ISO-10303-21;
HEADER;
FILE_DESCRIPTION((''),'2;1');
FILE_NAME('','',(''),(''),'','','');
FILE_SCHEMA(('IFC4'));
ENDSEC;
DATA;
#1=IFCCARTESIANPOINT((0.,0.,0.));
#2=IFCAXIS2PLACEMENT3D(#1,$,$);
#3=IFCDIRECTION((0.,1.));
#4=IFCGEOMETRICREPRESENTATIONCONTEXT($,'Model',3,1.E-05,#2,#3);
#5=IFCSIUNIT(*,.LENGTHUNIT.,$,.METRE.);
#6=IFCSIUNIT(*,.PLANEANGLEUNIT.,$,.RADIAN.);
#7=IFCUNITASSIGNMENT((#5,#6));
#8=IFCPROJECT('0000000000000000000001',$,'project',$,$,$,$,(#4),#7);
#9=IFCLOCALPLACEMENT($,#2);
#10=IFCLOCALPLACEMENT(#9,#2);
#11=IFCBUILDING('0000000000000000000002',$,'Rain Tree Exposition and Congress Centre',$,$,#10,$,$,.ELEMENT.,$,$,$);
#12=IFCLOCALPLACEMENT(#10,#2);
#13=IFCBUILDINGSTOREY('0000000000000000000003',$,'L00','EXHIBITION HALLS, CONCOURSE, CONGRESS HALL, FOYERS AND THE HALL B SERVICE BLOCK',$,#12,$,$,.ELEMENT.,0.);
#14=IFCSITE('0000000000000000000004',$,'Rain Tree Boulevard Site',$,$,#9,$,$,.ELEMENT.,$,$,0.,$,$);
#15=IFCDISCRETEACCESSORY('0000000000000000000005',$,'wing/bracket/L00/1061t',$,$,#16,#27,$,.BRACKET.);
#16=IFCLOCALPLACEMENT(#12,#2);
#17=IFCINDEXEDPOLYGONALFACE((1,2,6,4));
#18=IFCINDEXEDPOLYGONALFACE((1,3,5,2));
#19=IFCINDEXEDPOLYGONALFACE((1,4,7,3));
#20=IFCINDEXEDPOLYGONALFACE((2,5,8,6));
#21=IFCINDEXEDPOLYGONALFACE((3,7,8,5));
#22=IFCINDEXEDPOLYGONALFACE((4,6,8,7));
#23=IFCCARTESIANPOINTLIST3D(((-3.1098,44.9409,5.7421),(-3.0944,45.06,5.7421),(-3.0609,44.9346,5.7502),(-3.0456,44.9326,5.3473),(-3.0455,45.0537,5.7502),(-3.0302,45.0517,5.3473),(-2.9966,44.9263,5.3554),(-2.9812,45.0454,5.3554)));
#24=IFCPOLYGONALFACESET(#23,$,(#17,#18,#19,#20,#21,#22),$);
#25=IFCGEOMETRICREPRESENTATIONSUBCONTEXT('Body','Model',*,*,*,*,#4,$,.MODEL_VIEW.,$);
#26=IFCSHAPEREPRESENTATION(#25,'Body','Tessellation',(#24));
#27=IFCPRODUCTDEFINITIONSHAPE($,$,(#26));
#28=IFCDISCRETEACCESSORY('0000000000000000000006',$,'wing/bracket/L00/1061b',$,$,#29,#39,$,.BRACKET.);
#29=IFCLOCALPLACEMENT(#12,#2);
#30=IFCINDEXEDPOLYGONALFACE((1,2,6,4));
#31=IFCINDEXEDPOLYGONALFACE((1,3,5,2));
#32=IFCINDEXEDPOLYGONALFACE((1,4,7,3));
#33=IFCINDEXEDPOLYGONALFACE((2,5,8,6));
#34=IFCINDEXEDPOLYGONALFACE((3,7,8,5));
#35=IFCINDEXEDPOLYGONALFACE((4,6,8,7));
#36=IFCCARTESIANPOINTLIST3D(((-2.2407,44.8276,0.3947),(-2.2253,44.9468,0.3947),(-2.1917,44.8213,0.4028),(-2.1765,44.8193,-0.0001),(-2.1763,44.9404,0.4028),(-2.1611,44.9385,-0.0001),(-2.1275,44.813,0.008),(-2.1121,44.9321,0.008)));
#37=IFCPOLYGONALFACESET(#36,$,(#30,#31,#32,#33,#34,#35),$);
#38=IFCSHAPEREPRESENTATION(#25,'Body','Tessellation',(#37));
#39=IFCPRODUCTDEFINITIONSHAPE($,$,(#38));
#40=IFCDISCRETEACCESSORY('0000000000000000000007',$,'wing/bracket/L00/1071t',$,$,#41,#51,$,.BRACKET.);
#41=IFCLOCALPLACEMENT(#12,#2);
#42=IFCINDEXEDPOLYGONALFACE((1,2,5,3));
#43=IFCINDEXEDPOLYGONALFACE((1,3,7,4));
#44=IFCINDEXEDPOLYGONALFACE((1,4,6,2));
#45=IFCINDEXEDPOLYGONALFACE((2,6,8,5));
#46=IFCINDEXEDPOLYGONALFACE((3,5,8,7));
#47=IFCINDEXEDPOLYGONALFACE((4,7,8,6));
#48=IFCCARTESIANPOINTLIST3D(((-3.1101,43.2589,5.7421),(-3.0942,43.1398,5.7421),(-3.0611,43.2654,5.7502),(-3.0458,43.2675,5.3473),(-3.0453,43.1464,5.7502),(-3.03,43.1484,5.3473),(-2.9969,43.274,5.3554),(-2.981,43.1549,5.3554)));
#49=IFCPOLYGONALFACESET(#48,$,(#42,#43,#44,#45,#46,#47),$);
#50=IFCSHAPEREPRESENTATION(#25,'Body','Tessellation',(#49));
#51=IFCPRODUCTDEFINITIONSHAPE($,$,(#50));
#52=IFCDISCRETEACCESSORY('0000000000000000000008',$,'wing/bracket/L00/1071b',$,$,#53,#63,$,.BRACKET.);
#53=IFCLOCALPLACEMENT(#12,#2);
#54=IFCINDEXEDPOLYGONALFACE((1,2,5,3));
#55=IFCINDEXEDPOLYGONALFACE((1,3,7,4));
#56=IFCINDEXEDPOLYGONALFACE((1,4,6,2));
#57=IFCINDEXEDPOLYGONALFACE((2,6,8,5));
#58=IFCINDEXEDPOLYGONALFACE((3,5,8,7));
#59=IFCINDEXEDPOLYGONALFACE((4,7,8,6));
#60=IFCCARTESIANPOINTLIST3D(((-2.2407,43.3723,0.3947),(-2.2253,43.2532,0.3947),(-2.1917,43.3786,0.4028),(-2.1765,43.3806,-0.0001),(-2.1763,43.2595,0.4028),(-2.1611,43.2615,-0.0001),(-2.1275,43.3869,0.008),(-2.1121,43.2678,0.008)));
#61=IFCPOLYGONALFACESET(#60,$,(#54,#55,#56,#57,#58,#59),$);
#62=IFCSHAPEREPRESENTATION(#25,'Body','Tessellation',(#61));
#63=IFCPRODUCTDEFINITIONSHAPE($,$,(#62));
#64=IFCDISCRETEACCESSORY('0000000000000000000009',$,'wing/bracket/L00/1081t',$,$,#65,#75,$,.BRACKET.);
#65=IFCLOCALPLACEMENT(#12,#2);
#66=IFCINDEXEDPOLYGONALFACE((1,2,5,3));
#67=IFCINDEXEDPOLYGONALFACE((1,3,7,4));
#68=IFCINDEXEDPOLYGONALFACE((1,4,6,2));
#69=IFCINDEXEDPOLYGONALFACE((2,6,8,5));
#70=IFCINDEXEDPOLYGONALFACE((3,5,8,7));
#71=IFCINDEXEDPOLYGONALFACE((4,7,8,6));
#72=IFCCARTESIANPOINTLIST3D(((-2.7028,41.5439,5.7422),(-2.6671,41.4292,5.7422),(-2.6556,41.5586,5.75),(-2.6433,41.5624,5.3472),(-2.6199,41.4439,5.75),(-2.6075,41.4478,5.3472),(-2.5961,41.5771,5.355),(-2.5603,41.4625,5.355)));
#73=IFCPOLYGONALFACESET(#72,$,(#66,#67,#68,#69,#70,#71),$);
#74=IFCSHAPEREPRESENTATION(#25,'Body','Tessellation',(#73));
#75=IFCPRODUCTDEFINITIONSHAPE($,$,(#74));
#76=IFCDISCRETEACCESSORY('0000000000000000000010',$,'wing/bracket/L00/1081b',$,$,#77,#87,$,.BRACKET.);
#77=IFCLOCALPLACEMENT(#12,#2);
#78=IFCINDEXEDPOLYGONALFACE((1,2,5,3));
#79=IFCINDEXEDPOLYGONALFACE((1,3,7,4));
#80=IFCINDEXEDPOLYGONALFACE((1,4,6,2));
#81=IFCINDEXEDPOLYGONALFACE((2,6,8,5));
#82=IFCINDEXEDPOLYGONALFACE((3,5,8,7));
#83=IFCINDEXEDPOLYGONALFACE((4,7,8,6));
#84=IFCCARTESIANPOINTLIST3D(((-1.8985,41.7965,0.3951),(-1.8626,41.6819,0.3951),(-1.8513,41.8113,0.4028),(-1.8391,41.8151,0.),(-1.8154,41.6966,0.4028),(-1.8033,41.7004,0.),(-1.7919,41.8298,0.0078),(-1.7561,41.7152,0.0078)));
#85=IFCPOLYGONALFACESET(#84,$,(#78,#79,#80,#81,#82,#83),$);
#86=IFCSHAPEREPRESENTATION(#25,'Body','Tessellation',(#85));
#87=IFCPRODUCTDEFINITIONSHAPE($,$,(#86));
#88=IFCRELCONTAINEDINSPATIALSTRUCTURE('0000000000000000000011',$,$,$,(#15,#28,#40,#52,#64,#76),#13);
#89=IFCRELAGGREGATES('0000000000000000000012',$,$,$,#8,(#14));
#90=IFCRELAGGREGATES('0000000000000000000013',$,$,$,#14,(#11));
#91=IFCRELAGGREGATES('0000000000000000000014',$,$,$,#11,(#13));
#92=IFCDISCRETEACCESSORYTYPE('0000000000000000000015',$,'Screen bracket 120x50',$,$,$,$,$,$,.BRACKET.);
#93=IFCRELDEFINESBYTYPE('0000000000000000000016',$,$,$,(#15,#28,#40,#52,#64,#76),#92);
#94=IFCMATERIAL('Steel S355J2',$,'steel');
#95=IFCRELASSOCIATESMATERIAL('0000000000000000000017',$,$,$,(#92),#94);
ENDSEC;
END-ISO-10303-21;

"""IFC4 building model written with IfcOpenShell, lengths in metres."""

from ifc_helpers import new_model, si_unit, direction, frame, origin, origin_2d, place, context, subcontext, project, spatial, rectangle, extrude, material, material_profile, profile_set, type_object, element, save


model = new_model("IFC4")

# Units and contexts
model_context = context("Model", 3, precision=1e-05, world=origin(), true_north=direction((0.0, 1.0)))
body_context = subcontext(model_context, "Body", "Model", "MODEL_VIEW")
ifc_project = project(units=[si_unit("LENGTHUNIT", "METRE"), si_unit("PLANEANGLEUNIT", "RADIAN")], contexts=[model_context])

# Site, building, storey
site_placement = place(None, origin())
site = spatial("IfcSite", under=ifc_project, at=site_placement, Name="Rain Tree Boulevard Site", CompositionType="ELEMENT", RefElevation=0.0)
building_placement = place(site_placement, origin())
building = spatial("IfcBuilding", under=site, at=building_placement, Name="Rain Tree Exposition and Congress Centre", CompositionType="ELEMENT")
storey_placement = place(building_placement, origin())
storey = spatial("IfcBuildingStorey", under=building, at=storey_placement, Name="L00", Description="EXHIBITION HALLS, CONCOURSE, CONGRESS HALL, FOYERS AND THE HALL B SERVICE BLOCK", CompositionType="ELEMENT", Elevation=0.0)

# Discrete accessories
ifc_material_1 = material(Name="Steel S355J2", Category="steel")
ifc_material_profile_1 = material_profile(ifc_material_1, rectangle(XDim=0.1201, YDim=0.05, at=origin_2d()), Name="Flat bar 120x50")
ifc_profile_set_1 = profile_set([ifc_material_profile_1], Name="Steel S355J2")
discrete_accessory_type = type_object("IfcDiscreteAccessoryType", Name="Screen bracket 120x50", PredefinedType="BRACKET", material=ifc_profile_set_1)
for number, where, z_axis, x_axis, name in (
    (1, (-3.0134, 44.989, 5.3513), (-0.160503, 0.020749, 0.986817), (-0.128211, -0.991747, 0.0), "wing/bracket/L00/1061t"),
    (2, (-2.1443, 44.8757, 0.0039), (-0.160503, 0.020749, 0.986817), (-0.128211, -0.991747, 0.0), "wing/bracket/L00/1061b"),
    (3, (-3.0134, 43.2112, 5.3513), (-0.160501, -0.021359, 0.986805), (0.131917, -0.991261, 0.0), "wing/bracket/L00/1071t"),
    (4, (-2.1443, 43.3242, 0.0039), (-0.160503, -0.020749, 0.986817), (0.128211, -0.991747, 0.0), "wing/bracket/L00/1071b"),
):
    element("IfcDiscreteAccessory", number, at=place(storey_placement, frame(where, z_axis=z_axis, x_axis=x_axis)), inside=storey, type_object=discrete_accessory_type, Name=name, PredefinedType="BRACKET", context=body_context, shape_type="SweptSolid", body=[
        extrude(rectangle(XDim=0.1201, YDim=0.05, at=origin_2d()), origin(), (0.0, 0.0, 1.0), 0.4001),
    ])
for number, where, z_axis, x_axis, name in (
    (5, (-2.6018, 41.5125, 5.3511), (-0.148957, -0.046396, 0.987755), (0.297384, -0.954758, 0.0), "wing/bracket/L00/1081t"),
    (6, (-1.7976, 41.7651, 0.0039), (-0.14836, -0.046401, 0.987844), (0.298499, -0.95441, 0.0), "wing/bracket/L00/1081b"),
):
    element("IfcDiscreteAccessory", number, at=place(storey_placement, frame(where, z_axis=z_axis, x_axis=x_axis)), inside=storey, type_object=discrete_accessory_type, Name=name, PredefinedType="BRACKET", context=body_context, shape_type="SweptSolid", body=[
        extrude(rectangle(XDim=0.1201, YDim=0.05, at=origin_2d()), origin(), (0.0, 0.0, 1.0), 0.3999),
    ])

save(model, "model.ifc")
